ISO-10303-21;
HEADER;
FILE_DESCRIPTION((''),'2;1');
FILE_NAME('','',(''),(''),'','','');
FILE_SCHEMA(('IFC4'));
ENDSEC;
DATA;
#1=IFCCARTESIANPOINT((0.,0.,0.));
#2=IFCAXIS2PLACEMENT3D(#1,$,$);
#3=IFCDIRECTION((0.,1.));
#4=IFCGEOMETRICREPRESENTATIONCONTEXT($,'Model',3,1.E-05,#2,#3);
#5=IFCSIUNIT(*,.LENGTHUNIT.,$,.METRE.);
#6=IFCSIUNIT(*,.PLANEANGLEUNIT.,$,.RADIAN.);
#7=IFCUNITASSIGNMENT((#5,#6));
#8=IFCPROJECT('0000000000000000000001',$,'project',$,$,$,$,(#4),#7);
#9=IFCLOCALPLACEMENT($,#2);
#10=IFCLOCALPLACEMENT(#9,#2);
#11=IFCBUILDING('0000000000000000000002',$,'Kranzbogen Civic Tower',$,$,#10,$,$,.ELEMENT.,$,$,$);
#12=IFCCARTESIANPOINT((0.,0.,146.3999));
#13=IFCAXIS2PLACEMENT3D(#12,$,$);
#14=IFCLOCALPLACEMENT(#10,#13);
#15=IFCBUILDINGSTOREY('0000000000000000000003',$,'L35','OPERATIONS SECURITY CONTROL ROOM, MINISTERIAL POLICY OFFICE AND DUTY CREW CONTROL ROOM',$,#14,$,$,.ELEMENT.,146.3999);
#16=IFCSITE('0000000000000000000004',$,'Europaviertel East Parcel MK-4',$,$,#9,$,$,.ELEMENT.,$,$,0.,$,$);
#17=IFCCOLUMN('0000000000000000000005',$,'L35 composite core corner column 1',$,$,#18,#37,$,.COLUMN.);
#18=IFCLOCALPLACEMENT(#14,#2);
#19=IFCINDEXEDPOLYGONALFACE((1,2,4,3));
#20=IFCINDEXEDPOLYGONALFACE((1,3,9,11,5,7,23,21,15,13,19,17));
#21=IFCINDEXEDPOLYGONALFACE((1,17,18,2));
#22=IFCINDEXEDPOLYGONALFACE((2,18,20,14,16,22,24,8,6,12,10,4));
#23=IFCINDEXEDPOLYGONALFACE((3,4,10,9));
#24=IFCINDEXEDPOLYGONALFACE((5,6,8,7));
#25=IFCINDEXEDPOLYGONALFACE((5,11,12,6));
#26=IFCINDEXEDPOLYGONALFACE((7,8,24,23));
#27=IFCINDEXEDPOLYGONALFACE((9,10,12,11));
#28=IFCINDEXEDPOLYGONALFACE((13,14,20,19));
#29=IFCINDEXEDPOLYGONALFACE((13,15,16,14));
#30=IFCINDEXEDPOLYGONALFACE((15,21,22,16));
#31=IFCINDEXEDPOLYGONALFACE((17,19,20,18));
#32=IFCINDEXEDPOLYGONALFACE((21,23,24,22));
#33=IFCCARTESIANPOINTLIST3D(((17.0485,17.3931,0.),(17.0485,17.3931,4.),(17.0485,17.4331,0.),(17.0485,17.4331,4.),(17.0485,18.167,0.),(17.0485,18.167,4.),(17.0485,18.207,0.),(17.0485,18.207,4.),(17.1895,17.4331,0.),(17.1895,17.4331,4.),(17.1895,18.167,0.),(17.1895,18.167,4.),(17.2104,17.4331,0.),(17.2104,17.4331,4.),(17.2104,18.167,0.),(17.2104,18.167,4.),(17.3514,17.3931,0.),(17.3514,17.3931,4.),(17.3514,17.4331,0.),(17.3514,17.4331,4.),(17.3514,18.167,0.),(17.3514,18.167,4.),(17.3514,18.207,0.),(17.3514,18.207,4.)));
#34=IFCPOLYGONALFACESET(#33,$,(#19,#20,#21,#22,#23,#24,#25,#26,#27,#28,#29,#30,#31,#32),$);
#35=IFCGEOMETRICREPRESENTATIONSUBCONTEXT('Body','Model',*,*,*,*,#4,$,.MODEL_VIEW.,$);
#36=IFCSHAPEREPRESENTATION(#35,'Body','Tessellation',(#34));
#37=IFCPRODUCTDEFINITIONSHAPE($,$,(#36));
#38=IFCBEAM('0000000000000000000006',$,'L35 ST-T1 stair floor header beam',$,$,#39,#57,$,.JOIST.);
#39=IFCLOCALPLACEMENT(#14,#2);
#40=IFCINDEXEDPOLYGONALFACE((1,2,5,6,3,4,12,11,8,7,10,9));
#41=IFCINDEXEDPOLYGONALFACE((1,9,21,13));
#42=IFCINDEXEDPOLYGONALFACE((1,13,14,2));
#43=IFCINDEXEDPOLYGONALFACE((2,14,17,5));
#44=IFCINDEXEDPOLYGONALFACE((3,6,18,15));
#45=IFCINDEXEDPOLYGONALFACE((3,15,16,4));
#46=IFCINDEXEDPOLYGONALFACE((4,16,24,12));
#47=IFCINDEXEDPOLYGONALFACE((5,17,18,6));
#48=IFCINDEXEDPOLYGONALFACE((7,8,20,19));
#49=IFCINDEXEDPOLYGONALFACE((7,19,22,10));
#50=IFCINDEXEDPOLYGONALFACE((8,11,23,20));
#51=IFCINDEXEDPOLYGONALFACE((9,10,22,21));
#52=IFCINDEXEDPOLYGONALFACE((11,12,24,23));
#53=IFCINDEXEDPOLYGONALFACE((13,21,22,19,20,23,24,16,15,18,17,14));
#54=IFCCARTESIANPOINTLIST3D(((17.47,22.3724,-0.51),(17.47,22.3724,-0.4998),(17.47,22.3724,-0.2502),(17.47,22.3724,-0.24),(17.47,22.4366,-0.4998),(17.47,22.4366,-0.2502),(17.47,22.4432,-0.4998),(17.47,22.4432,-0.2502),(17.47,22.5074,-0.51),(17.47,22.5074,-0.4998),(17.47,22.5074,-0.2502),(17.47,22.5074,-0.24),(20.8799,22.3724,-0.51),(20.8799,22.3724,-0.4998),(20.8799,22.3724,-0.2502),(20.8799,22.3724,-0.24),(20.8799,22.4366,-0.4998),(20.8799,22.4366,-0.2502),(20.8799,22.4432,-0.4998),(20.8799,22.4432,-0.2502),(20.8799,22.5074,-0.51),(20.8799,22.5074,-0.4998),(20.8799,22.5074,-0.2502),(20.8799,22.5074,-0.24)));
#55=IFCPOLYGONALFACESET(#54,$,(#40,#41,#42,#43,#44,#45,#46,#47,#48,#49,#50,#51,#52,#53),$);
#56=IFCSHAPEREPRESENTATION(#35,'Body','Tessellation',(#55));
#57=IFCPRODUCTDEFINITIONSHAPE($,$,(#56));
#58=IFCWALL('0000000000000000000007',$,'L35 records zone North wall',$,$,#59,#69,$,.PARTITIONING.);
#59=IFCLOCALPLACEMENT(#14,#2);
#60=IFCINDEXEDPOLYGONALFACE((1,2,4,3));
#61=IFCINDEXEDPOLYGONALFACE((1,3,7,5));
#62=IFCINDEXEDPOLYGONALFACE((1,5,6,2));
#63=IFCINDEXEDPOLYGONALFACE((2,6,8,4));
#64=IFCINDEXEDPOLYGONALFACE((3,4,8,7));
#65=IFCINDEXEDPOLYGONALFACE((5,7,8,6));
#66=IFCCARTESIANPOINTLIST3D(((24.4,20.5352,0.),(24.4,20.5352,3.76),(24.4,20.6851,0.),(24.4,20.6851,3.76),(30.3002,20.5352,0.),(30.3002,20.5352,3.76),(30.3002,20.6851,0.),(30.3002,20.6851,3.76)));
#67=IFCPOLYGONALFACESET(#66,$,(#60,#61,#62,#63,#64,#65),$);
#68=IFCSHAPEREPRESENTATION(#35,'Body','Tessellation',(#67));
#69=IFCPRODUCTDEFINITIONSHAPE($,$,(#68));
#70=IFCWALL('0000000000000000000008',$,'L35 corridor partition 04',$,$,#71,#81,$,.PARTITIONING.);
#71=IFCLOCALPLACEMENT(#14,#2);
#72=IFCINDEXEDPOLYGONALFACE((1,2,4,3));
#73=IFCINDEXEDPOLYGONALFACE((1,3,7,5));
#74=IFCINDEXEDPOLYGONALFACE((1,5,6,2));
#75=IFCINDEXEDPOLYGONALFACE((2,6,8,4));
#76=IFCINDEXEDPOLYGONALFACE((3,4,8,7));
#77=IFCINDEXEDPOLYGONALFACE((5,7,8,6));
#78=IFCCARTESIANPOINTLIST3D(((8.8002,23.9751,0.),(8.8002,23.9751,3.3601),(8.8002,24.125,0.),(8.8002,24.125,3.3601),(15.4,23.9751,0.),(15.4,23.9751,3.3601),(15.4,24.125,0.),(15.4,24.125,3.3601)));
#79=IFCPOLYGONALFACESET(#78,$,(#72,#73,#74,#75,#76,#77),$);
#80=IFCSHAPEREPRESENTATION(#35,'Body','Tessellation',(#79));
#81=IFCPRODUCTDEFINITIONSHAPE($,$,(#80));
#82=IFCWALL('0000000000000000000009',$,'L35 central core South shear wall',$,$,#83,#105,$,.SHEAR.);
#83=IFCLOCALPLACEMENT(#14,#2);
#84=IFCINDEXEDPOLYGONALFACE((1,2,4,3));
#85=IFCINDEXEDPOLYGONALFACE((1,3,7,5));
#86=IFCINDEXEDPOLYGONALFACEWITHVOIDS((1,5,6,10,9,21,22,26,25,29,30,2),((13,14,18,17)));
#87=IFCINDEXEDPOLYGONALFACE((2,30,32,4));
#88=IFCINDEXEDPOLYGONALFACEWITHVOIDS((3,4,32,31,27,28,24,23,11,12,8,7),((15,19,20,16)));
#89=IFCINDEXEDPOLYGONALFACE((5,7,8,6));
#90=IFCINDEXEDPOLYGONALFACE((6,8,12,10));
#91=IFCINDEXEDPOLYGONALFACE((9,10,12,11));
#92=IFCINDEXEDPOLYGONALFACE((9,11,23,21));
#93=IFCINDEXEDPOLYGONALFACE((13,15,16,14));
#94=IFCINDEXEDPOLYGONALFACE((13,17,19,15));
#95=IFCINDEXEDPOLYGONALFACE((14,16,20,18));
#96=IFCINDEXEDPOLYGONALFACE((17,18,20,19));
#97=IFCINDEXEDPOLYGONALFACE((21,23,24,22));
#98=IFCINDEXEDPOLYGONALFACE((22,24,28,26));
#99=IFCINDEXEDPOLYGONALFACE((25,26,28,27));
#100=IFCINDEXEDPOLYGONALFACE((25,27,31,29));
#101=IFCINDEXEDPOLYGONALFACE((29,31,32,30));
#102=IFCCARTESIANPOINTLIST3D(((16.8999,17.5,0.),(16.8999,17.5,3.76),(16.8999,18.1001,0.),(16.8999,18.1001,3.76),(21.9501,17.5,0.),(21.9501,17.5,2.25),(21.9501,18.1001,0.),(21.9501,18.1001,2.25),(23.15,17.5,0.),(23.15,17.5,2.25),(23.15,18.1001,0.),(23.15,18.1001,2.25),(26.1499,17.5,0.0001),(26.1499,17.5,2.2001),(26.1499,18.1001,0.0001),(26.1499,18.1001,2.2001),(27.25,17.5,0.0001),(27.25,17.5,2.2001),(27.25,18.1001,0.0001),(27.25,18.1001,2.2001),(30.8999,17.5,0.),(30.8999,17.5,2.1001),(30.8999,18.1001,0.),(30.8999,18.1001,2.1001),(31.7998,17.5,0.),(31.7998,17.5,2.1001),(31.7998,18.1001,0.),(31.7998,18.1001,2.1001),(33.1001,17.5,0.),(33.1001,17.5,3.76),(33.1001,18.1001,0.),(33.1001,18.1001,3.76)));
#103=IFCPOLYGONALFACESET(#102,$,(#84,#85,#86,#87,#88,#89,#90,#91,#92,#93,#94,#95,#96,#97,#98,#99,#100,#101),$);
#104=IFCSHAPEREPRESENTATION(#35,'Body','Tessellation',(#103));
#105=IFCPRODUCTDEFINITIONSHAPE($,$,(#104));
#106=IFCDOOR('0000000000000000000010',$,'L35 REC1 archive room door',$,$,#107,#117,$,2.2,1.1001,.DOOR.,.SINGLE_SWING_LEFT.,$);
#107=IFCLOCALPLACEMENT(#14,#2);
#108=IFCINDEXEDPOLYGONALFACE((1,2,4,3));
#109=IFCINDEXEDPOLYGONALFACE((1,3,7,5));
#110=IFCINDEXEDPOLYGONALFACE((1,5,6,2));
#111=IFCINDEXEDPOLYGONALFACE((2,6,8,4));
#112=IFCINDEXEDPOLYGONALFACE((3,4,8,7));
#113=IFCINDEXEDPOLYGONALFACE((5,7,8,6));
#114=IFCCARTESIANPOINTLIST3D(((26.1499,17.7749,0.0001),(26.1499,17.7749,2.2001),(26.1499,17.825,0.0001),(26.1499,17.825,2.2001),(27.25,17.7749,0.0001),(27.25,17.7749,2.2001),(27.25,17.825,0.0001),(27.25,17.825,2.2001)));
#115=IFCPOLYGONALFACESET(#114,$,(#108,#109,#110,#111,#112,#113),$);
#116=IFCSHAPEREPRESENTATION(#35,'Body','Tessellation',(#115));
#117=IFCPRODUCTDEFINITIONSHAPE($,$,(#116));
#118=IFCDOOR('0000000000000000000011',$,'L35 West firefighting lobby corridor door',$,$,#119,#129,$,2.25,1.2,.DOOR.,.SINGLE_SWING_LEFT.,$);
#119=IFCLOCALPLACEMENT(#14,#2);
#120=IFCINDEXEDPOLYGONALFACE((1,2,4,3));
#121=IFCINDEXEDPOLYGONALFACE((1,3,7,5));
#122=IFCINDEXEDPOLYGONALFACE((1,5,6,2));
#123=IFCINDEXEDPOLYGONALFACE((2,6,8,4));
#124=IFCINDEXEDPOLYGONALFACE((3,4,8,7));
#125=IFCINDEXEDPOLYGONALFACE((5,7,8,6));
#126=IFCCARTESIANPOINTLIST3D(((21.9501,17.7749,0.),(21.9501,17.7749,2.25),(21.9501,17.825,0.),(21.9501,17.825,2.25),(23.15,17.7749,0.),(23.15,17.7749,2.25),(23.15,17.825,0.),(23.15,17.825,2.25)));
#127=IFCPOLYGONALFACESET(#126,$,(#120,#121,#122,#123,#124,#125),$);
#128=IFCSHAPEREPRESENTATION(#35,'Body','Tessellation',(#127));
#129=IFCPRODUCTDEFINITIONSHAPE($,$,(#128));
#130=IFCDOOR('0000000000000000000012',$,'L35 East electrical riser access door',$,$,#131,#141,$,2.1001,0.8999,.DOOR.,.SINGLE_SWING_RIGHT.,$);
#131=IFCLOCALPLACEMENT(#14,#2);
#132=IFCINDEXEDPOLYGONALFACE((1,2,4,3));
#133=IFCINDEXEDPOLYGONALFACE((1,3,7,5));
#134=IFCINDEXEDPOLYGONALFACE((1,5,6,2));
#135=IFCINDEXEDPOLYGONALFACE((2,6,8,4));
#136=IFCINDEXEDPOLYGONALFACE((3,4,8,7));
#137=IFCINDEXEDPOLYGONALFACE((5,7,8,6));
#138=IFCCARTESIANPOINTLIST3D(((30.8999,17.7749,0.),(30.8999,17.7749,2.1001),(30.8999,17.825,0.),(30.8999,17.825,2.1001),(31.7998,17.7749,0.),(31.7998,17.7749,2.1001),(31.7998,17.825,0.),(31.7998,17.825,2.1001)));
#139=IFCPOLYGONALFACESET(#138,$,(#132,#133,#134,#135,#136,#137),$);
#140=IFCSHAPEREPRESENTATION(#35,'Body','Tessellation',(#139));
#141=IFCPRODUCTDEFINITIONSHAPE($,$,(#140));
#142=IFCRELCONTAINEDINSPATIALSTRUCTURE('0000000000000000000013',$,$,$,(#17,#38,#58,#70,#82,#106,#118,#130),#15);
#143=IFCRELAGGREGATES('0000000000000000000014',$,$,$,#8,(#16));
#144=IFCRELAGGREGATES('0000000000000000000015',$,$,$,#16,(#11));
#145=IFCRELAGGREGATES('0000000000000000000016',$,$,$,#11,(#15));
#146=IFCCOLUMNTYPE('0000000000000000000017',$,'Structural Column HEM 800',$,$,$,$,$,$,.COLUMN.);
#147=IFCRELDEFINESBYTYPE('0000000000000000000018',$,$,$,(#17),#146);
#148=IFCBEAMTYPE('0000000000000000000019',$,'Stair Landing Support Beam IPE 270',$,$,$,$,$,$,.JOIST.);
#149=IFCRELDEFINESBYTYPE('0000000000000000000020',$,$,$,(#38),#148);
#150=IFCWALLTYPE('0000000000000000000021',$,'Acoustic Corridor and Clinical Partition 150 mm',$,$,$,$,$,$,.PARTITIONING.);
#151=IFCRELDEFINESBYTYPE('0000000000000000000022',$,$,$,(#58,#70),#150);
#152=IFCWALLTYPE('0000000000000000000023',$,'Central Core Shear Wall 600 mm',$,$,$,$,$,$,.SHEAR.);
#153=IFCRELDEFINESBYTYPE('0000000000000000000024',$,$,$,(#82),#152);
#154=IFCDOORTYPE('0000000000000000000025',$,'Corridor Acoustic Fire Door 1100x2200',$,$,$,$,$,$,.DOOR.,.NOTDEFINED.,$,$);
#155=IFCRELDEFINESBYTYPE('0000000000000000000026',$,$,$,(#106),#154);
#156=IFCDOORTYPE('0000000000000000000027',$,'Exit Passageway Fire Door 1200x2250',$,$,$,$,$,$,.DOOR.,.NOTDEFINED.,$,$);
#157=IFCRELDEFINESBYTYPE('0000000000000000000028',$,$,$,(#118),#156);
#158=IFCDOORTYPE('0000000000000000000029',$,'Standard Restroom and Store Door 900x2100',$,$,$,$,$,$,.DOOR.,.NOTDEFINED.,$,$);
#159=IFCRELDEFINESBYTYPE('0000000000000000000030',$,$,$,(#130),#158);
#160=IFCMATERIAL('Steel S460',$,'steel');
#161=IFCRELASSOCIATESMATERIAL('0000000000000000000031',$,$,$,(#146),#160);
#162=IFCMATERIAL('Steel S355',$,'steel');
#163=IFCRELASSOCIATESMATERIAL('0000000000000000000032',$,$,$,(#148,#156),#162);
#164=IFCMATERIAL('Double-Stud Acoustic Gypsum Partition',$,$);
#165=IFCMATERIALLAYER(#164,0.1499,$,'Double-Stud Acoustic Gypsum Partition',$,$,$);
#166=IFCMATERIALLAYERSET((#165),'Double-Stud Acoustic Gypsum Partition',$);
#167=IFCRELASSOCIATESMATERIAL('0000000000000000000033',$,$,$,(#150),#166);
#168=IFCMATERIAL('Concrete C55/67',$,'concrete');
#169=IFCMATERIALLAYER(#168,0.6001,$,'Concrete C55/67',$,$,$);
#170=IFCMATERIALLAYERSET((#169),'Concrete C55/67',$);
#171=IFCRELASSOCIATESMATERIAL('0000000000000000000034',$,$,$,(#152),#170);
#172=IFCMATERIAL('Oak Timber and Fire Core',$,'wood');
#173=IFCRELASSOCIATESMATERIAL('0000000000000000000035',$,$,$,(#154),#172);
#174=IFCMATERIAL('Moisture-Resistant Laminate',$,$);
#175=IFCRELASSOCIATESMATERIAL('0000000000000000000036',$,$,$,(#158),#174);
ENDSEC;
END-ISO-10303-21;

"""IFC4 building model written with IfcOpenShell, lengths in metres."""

from ifc_helpers import new_model, si_unit, direction, frame, frame_2d, origin, origin_2d, place, context, subcontext, project, spatial, rectangle, i_section, extrude, material, layer, layer_set, material_profile, profile_set, type_object, element, fill, save


model = new_model("IFC4")

# Units and contexts
model_context = context("Model", 3, precision=1e-05, world=origin(), true_north=direction((0.0, 1.0)))
body_context = subcontext(model_context, "Body", "Model", "MODEL_VIEW")
ifc_project = project(units=[si_unit("LENGTHUNIT", "METRE"), si_unit("PLANEANGLEUNIT", "RADIAN")], contexts=[model_context])

# Site, building, storey
site_placement = place(None, origin())
site = spatial("IfcSite", under=ifc_project, at=site_placement, Name="Europaviertel East Parcel MK-4", CompositionType="ELEMENT", RefElevation=0.0)
building_placement = place(site_placement, origin())
building = spatial("IfcBuilding", under=site, at=building_placement, Name="Kranzbogen Civic Tower", CompositionType="ELEMENT")
storey_placement = place(building_placement, frame((0.0, 0.0, 146.3999)))
storey = spatial("IfcBuildingStorey", under=building, at=storey_placement, Name="L35", Description="OPERATIONS SECURITY CONTROL ROOM, MINISTERIAL POLICY OFFICE AND DUTY CREW CONTROL ROOM", CompositionType="ELEMENT", Elevation=146.3999)

# Column
ifc_material_1 = material(Name="Steel S460", Category="steel")
ifc_material_profile_1 = material_profile(ifc_material_1, i_section(OverallWidth=0.303, OverallDepth=0.814, WebThickness=0.021, FlangeThickness=0.04, at=origin_2d()), Name="HEM 800")
ifc_profile_set_1 = profile_set([ifc_material_profile_1], Name="Steel S460")
column_type = type_object("IfcColumnType", Name="Structural Column HEM 800", PredefinedType="COLUMN", material=ifc_profile_set_1)
column_placement = place(storey_placement, frame((17.2, 17.8, 0.0), z_axis=(0.0, 0.0, 1.0), x_axis=(1.0, 0.0, 0.0)))
element("IfcColumn", 1, at=column_placement, inside=storey, type_object=column_type, Name="L35 composite core corner column 1", PredefinedType="COLUMN", context=body_context, shape_type="SweptSolid", body=[
    extrude(i_section(OverallWidth=0.303, OverallDepth=0.814, WebThickness=0.021, FlangeThickness=0.04, at=origin_2d()), origin(), (0.0, 0.0, 1.0), 4.0),
])

# Beam
ifc_material_2 = material(Name="Steel S355", Category="steel")
ifc_material_profile_2 = material_profile(ifc_material_2, i_section(OverallWidth=0.135, OverallDepth=0.27, WebThickness=0.0066, FlangeThickness=0.0103, at=origin_2d()), Name="IPE 270")
ifc_profile_set_2 = profile_set([ifc_material_profile_2], Name="Steel S355")
beam_type = type_object("IfcBeamType", Name="Stair Landing Support Beam IPE 270", PredefinedType="JOIST", material=ifc_profile_set_2)
beam_placement = place(storey_placement, frame((20.8799, 22.4399, -0.375), z_axis=(-1.0, 0.0, 0.0), x_axis=(0.0, -1.0, 0.0)))
element("IfcBeam", 2, at=beam_placement, inside=storey, type_object=beam_type, Name="L35 ST-T1 stair floor header beam", PredefinedType="JOIST", context=body_context, shape_type="SweptSolid", body=[
    extrude(i_section(OverallWidth=0.135, OverallDepth=0.27, WebThickness=0.0066, FlangeThickness=0.0103, at=origin_2d()), origin(), (0.0, 0.0, 1.0), 3.4099),
])

# Walls
ifc_material_3 = material(Name="Double-Stud Acoustic Gypsum Partition")
ifc_layer_1 = layer(ifc_material_3, 0.1499, Name="Double-Stud Acoustic Gypsum Partition")
ifc_layer_set_1 = layer_set([ifc_layer_1], Name="Double-Stud Acoustic Gypsum Partition")
wall_type_1 = type_object("IfcWallType", Name="Acoustic Corridor and Clinical Partition 150 mm", PredefinedType="PARTITIONING", material=ifc_layer_set_1)
wall_1_placement = place(storey_placement, frame((24.3999, 20.6101, 0.0), z_axis=(0.0, 0.0, 1.0), x_axis=(1.0, 0.0, 0.0)))
element("IfcWall", 3, at=wall_1_placement, inside=storey, type_object=wall_type_1, Name="L35 records zone North wall", PredefinedType="PARTITIONING", context=body_context, shape_type="SweptSolid", body=[
    extrude(rectangle(XDim=5.9001, YDim=0.1499, at=frame_2d((2.9502, 0.0))), origin(), (0.0, 0.0, 1.0), 3.76),
])
wall_2_placement = place(storey_placement, frame((15.3999, 24.05, 0.0), z_axis=(0.0, 0.0, 1.0), x_axis=(-1.0, 0.0, 0.0)))
element("IfcWall", 4, at=wall_2_placement, inside=storey, type_object=wall_type_1, Name="L35 corridor partition 04", PredefinedType="PARTITIONING", context=body_context, shape_type="SweptSolid", body=[
    extrude(rectangle(XDim=6.5999, YDim=0.1499, at=frame_2d((3.2998, 0.0))), origin(), (0.0, 0.0, 1.0), 3.3601),
])

# Wall, openings, doors
ifc_material_4 = material(Name="Concrete C55/67", Category="concrete")
ifc_layer_2 = layer(ifc_material_4, 0.6001, Name="Concrete C55/67")
ifc_layer_set_2 = layer_set([ifc_layer_2], Name="Concrete C55/67")
wall_type_2 = type_object("IfcWallType", Name="Central Core Shear Wall 600 mm", PredefinedType="SHEAR", material=ifc_layer_set_2)
wall_3_placement = place(storey_placement, frame((16.8999, 17.8, 0.0), z_axis=(0.0, 0.0, 1.0), x_axis=(1.0, 0.0, 0.0)))
wall_3 = element("IfcWall", 5, at=wall_3_placement, inside=storey, type_object=wall_type_2, Name="L35 central core South shear wall", PredefinedType="SHEAR", context=body_context, shape_type="SweptSolid", body=[
    extrude(rectangle(XDim=16.2002, YDim=0.6001, at=frame_2d((8.1001, 0.0))), origin(), (0.0, 0.0, 1.0), 3.76),
])
opening_1_placement = place(wall_3_placement, frame((5.05, 0.0, 0.0)))
opening_1 = element("IfcOpeningElement", 6, at=opening_1_placement, cuts=wall_3, PredefinedType="OPENING", context=body_context, shape_type="SweptSolid", body=[
    extrude(rectangle(XDim=1.2, YDim=2.25, at=frame_2d((0.6001, 1.125))), frame((0.0, 0.3101, 0.0), z_axis=(0.0, -1.0, 0.0), x_axis=(1.0, 0.0, 0.0)), (0.0, 0.0, 1.0), 0.6201),
])
opening_2_placement = place(wall_3_placement, frame((14.0, 0.0, 0.0)))
opening_2 = element("IfcOpeningElement", 7, at=opening_2_placement, cuts=wall_3, PredefinedType="OPENING", context=body_context, shape_type="SweptSolid", body=[
    extrude(rectangle(XDim=0.8999, YDim=2.1001, at=frame_2d((0.45, 1.05))), frame((0.0, 0.3101, 0.0), z_axis=(0.0, -1.0, 0.0), x_axis=(1.0, 0.0, 0.0)), (0.0, 0.0, 1.0), 0.6201),
])
opening_3_placement = place(wall_3_placement, frame((9.25, 0.0, 0.0)))
opening_3 = element("IfcOpeningElement", 8, at=opening_3_placement, cuts=wall_3, PredefinedType="OPENING", context=body_context, shape_type="SweptSolid", body=[
    extrude(rectangle(XDim=1.1001, YDim=2.2, at=frame_2d((0.55, 1.1001))), frame((0.0, 0.3101, 0.0), z_axis=(0.0, -1.0, 0.0), x_axis=(1.0, 0.0, 0.0)), (0.0, 0.0, 1.0), 0.6201),
])
ifc_material_5 = material(Name="Oak Timber and Fire Core", Category="wood")
door_type_1 = type_object("IfcDoorType", Name="Corridor Acoustic Fire Door 1100x2200", OperationType="NOTDEFINED", PredefinedType="DOOR", material=ifc_material_5)
door_1_placement = place(opening_3_placement, origin())
door_1 = element("IfcDoor", 9, at=door_1_placement, inside=storey, type_object=door_type_1, Name="L35 REC1 archive room door", OperationType="SINGLE_SWING_LEFT", OverallHeight=2.2, OverallWidth=1.1001, PredefinedType="DOOR", context=body_context, shape_type="SweptSolid", body=[
    extrude(rectangle(XDim=1.1001, YDim=2.2, at=frame_2d((0.55, 1.1001))), frame((0.0, 0.0249, 0.0), z_axis=(0.0, -1.0, 0.0), x_axis=(1.0, 0.0, 0.0)), (0.0, 0.0, 1.0), 0.05),
])
fill(opening_3, door_1)
door_type_2 = type_object("IfcDoorType", Name="Exit Passageway Fire Door 1200x2250", OperationType="NOTDEFINED", PredefinedType="DOOR", material=ifc_material_2)
door_2_placement = place(opening_1_placement, origin())
door_2 = element("IfcDoor", 10, at=door_2_placement, inside=storey, type_object=door_type_2, Name="L35 West firefighting lobby corridor door", OperationType="SINGLE_SWING_LEFT", OverallHeight=2.25, OverallWidth=1.2, PredefinedType="DOOR", context=body_context, shape_type="SweptSolid", body=[
    extrude(rectangle(XDim=1.2, YDim=2.25, at=frame_2d((0.6001, 1.125))), frame((0.0, 0.0249, 0.0), z_axis=(0.0, -1.0, 0.0), x_axis=(1.0, 0.0, 0.0)), (0.0, 0.0, 1.0), 0.05),
])
fill(opening_1, door_2)
ifc_material_6 = material(Name="Moisture-Resistant Laminate")
door_type_3 = type_object("IfcDoorType", Name="Standard Restroom and Store Door 900x2100", OperationType="NOTDEFINED", PredefinedType="DOOR", material=ifc_material_6)
door_3_placement = place(opening_2_placement, origin())
door_3 = element("IfcDoor", 11, at=door_3_placement, inside=storey, type_object=door_type_3, Name="L35 East electrical riser access door", OperationType="SINGLE_SWING_RIGHT", OverallHeight=2.1001, OverallWidth=0.8999, PredefinedType="DOOR", context=body_context, shape_type="SweptSolid", body=[
    extrude(rectangle(XDim=0.8999, YDim=2.1001, at=frame_2d((0.45, 1.05))), frame((0.0, 0.0249, 0.0), z_axis=(0.0, -1.0, 0.0), x_axis=(1.0, 0.0, 0.0)), (0.0, 0.0, 1.0), 0.05),
])
fill(opening_2, door_3)

save(model, "model.ifc")
